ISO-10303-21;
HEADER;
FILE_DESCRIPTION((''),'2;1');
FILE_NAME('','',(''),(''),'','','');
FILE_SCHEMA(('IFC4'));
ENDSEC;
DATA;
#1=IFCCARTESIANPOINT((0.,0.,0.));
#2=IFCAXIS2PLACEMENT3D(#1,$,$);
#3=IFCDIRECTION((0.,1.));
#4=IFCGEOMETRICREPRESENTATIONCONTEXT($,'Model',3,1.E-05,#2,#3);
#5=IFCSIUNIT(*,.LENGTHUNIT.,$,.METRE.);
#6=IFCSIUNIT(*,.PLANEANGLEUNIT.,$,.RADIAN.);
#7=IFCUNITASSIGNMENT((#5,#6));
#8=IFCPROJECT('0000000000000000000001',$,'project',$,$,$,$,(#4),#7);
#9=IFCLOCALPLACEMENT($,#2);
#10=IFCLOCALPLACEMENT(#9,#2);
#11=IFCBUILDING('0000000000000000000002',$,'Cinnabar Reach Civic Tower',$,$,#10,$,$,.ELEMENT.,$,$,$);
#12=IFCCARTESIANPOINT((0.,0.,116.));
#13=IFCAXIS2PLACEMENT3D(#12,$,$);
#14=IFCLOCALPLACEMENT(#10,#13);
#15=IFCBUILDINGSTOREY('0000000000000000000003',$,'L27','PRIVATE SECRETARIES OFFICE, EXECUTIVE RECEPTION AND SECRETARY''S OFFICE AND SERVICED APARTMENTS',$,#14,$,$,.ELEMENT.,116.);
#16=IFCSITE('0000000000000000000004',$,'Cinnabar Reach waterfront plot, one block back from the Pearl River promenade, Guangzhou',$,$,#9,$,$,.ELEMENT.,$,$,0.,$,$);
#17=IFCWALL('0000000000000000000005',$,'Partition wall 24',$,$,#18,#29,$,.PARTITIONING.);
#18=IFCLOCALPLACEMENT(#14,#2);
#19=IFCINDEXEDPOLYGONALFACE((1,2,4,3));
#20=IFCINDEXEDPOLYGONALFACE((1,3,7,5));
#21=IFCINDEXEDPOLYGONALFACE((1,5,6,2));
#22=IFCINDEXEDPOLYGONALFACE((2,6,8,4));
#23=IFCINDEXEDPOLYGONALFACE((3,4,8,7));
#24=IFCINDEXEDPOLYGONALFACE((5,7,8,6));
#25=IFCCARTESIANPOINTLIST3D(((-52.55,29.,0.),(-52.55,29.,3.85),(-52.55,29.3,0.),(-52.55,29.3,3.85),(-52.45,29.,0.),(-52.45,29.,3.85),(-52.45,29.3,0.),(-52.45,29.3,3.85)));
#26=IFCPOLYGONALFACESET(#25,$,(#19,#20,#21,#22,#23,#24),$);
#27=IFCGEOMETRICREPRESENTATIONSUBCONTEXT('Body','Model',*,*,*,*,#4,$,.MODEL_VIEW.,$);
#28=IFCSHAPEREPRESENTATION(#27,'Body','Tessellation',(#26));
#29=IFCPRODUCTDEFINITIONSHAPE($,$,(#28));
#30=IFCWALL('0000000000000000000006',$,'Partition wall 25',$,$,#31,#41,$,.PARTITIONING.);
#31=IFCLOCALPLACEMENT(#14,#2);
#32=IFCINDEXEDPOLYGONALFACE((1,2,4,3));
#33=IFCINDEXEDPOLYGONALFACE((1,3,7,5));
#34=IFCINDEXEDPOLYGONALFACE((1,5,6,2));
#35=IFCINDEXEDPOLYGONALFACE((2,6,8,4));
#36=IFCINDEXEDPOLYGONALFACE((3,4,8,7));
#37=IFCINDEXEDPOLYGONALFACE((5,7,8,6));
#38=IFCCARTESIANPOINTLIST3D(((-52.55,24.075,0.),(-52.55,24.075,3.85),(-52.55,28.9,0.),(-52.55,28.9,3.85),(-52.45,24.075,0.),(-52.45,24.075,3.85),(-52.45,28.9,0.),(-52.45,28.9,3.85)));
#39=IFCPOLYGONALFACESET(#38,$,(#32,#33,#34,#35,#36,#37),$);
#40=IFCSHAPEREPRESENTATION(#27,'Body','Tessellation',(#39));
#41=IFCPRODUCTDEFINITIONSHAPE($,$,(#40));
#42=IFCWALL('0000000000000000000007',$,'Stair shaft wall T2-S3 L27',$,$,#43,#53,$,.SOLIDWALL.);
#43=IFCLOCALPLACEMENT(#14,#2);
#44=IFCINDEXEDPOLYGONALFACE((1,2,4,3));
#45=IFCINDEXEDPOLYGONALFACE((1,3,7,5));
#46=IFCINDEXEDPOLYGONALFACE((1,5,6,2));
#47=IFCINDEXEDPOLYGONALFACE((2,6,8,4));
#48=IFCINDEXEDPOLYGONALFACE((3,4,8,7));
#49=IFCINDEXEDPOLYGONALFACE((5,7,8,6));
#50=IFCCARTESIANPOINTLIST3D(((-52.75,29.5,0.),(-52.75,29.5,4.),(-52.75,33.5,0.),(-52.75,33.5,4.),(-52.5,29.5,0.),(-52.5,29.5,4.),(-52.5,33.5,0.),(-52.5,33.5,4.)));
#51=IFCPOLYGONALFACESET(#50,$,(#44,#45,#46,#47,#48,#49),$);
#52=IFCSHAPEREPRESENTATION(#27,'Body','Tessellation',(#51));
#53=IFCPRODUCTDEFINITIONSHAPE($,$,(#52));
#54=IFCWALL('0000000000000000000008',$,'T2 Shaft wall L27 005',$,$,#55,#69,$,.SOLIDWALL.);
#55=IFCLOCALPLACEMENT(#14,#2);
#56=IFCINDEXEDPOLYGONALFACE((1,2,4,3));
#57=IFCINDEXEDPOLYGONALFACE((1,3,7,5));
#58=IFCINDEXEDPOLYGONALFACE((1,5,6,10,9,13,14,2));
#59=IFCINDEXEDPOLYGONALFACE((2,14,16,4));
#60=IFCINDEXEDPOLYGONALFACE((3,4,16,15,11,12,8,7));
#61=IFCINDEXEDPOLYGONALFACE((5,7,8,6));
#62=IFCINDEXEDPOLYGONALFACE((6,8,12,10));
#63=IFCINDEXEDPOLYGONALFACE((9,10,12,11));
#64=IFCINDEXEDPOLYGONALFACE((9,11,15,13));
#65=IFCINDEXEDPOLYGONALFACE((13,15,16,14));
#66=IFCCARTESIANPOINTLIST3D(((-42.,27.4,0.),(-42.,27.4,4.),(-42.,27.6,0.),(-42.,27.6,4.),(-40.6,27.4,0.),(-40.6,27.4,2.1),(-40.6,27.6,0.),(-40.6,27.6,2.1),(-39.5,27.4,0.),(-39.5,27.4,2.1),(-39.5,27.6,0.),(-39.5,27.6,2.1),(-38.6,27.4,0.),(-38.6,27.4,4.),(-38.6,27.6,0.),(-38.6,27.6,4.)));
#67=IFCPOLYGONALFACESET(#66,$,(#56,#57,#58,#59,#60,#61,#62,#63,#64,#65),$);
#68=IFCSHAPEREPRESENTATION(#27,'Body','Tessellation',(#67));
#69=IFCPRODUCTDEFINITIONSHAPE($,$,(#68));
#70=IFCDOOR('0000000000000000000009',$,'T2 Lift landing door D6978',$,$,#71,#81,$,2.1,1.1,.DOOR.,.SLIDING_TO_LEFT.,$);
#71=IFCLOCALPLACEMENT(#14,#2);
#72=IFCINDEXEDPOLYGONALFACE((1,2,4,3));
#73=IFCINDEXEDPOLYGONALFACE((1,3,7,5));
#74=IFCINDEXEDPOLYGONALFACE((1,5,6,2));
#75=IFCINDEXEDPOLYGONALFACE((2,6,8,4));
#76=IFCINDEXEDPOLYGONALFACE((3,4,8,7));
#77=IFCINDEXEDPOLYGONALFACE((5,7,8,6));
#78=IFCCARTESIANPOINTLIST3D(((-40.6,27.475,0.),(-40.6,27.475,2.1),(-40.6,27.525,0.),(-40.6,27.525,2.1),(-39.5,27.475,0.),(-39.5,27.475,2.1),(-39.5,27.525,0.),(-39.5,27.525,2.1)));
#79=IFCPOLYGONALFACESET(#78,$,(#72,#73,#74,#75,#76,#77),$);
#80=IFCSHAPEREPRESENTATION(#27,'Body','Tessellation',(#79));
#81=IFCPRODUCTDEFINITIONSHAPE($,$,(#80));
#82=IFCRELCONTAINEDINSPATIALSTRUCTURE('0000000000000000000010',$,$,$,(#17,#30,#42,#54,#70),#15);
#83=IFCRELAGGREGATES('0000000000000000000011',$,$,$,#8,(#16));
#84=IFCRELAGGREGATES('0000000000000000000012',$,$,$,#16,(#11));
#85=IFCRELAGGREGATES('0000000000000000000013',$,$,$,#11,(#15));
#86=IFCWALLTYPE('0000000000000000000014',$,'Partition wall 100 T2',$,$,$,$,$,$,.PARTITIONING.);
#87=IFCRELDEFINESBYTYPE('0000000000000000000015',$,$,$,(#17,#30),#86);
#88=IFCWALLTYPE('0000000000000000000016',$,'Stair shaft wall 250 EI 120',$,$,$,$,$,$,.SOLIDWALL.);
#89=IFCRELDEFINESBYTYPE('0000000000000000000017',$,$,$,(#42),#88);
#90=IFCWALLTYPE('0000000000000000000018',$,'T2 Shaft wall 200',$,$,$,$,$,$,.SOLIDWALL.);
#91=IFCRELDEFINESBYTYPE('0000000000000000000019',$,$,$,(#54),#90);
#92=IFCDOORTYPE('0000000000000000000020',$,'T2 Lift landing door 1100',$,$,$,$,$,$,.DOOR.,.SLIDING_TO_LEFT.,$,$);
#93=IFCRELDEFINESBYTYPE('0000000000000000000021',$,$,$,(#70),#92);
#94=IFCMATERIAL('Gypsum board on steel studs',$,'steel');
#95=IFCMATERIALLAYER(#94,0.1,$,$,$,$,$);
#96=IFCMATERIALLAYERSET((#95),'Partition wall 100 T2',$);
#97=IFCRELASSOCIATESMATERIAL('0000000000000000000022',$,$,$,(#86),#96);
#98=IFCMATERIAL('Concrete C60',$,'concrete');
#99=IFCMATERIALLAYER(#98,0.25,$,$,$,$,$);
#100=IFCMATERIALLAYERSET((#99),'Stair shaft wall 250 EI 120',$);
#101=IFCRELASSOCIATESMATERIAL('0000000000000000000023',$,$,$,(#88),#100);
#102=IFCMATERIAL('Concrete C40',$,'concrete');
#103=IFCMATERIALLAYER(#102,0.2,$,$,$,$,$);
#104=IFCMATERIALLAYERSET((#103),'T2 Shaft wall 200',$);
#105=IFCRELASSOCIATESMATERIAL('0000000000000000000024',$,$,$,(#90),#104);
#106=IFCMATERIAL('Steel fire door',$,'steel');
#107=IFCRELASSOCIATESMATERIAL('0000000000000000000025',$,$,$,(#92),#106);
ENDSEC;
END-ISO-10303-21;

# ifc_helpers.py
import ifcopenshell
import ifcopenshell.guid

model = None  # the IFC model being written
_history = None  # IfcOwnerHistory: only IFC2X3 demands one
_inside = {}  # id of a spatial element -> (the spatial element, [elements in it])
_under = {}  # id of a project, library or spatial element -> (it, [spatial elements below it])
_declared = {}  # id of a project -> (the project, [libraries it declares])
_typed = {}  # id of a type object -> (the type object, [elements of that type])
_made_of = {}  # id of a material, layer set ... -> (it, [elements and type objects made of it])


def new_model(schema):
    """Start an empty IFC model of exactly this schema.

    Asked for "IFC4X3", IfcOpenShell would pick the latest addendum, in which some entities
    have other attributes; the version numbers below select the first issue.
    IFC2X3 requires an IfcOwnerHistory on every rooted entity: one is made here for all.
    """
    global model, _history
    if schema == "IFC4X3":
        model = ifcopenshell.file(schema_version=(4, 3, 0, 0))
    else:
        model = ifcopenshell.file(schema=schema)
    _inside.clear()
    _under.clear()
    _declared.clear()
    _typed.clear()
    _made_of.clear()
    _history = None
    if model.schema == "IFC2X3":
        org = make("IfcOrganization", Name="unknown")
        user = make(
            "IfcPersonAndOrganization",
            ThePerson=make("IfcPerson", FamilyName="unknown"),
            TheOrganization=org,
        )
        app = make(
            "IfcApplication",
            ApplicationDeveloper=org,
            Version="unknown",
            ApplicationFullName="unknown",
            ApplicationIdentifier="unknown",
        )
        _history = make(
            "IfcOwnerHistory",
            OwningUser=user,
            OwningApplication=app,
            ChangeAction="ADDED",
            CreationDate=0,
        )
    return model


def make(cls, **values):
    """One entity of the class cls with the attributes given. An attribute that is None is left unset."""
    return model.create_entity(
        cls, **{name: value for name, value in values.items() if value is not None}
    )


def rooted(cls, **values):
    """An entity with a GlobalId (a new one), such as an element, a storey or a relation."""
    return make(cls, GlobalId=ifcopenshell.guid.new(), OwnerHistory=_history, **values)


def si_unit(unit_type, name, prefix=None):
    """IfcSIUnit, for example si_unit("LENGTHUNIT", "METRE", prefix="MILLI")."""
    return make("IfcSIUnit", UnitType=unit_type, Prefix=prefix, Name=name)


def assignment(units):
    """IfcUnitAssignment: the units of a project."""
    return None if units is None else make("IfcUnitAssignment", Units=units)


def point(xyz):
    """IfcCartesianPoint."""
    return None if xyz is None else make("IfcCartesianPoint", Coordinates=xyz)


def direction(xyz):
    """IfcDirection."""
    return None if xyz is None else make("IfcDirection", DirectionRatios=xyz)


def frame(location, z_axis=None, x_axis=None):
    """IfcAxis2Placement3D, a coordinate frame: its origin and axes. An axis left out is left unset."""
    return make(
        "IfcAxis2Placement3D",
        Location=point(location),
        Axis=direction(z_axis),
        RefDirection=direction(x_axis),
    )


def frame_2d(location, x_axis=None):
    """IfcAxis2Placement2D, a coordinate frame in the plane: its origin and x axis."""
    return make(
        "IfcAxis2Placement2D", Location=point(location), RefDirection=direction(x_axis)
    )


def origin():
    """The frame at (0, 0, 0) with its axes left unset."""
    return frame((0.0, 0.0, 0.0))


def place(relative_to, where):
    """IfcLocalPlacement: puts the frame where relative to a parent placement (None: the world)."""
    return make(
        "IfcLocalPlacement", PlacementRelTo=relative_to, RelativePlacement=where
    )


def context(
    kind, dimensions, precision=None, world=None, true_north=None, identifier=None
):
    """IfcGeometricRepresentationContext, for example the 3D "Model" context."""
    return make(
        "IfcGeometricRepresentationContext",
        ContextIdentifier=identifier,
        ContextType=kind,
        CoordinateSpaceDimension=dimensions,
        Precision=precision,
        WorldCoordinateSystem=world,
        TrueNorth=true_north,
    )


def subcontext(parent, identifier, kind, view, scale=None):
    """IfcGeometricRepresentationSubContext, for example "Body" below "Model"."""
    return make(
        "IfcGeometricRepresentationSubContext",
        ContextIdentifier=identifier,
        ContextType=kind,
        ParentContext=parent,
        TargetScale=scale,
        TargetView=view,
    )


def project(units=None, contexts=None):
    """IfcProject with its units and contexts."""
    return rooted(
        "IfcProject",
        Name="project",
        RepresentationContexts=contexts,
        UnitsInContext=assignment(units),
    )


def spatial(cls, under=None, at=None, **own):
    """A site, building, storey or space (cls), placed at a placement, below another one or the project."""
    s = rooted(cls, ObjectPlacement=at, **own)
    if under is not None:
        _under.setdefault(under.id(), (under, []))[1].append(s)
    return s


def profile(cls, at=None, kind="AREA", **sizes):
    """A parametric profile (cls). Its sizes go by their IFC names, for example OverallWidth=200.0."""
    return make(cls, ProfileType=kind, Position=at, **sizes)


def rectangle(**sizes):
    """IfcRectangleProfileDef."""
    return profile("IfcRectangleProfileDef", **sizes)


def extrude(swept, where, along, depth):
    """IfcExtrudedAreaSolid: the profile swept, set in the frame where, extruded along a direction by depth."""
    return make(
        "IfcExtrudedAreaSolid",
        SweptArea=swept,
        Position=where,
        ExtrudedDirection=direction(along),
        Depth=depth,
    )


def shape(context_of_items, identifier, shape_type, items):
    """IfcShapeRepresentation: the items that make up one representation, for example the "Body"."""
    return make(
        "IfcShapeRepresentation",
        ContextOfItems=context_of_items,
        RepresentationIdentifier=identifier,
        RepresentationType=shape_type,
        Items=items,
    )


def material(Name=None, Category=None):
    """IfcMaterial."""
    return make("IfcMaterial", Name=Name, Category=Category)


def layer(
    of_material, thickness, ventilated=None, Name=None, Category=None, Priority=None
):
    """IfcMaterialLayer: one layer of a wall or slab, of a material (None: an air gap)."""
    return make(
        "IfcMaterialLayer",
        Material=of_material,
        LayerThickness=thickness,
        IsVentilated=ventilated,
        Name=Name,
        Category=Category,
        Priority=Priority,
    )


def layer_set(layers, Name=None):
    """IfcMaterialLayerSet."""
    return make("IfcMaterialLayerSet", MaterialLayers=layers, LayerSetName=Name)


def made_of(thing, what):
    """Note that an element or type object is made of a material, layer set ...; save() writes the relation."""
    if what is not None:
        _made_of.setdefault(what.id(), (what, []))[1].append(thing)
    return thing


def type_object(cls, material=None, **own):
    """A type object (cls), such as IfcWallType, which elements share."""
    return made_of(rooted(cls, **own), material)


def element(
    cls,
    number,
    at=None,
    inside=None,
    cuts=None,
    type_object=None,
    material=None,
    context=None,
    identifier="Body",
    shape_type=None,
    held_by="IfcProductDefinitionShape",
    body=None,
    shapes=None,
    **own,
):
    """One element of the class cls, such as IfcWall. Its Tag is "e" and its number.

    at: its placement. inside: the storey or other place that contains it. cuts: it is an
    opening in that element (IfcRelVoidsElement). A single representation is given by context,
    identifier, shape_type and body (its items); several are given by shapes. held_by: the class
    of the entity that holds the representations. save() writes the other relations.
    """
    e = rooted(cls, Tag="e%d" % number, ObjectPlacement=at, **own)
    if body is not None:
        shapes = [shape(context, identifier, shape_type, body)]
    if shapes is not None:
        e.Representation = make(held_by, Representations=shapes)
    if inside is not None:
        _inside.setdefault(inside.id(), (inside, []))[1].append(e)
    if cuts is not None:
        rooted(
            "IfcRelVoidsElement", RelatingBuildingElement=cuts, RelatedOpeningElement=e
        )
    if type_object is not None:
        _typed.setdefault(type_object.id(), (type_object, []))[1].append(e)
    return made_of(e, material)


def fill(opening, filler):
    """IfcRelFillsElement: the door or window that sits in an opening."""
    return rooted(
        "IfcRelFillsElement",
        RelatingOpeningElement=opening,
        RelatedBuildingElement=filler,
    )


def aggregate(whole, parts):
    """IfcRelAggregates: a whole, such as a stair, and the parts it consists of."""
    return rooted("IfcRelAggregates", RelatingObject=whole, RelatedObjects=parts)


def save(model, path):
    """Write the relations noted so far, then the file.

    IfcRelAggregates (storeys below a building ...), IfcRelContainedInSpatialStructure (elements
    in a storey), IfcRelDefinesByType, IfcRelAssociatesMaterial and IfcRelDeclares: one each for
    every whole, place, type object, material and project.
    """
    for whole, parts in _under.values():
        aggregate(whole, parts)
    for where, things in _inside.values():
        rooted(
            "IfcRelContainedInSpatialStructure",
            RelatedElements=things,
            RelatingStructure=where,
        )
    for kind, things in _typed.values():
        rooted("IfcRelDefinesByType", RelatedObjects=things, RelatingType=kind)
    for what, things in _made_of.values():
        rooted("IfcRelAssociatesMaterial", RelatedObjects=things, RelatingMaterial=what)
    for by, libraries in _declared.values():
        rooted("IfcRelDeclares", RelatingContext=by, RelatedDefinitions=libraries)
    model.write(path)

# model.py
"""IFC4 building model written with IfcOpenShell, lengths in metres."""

from ifc_helpers import new_model, si_unit, direction, frame, frame_2d, origin, place, context, subcontext, project, spatial, rectangle, extrude, material, layer, layer_set, type_object, element, fill, save


model = new_model("IFC4")

# Units and contexts
model_context = context("Model", 3, precision=1e-05, world=origin(), true_north=direction((0.0, 1.0)))
body_context = subcontext(model_context, "Body", "Model", "MODEL_VIEW")
ifc_project = project(units=[si_unit("LENGTHUNIT", "METRE"), si_unit("PLANEANGLEUNIT", "RADIAN")], contexts=[model_context])

# Site, building, storey
site_placement = place(None, origin())
site = spatial("IfcSite", under=ifc_project, at=site_placement, Name="Cinnabar Reach waterfront plot, one block back from the Pearl River promenade, Guangzhou", CompositionType="ELEMENT", RefElevation=0.0)
building_placement = place(site_placement, origin())
building = spatial("IfcBuilding", under=site, at=building_placement, Name="Cinnabar Reach Civic Tower", CompositionType="ELEMENT")
storey_placement = place(building_placement, frame((0.0, 0.0, 116.0)))
storey = spatial("IfcBuildingStorey", under=building, at=storey_placement, Name="L27", Description="PRIVATE SECRETARIES OFFICE, EXECUTIVE RECEPTION AND SECRETARY'S OFFICE AND SERVICED APARTMENTS", CompositionType="ELEMENT", Elevation=116.0)

# Shared definitions
ifc_material_1 = material(Name="Concrete C60", Category="concrete")

# Shared definitions
ifc_material_2 = material(Name="Steel fire door", Category="steel")

# Walls
ifc_material_3 = material(Name="Gypsum board on steel studs", Category="steel")
ifc_layer_1 = layer(ifc_material_3, 0.1)
ifc_layer_set_1 = layer_set([ifc_layer_1], Name="Partition wall 100 T2")
wall_type_1 = type_object("IfcWallType", Name="Partition wall 100 T2", PredefinedType="PARTITIONING", material=ifc_layer_set_1)
wall_1_placement = place(storey_placement, frame((-52.5, 29.0, 0.0), z_axis=(0.0, 0.0, 1.0), x_axis=(0.0, 1.0, 0.0)))
element("IfcWall", 1, at=wall_1_placement, inside=storey, type_object=wall_type_1, Name="Partition wall 24", PredefinedType="PARTITIONING", context=body_context, shape_type="SweptSolid", body=[
    extrude(rectangle(XDim=0.3, YDim=0.1, at=frame_2d((0.15, 0.0))), origin(), (0.0, 0.0, 1.0), 3.85),
])
wall_2_placement = place(storey_placement, frame((-52.5, 24.075, 0.0), z_axis=(0.0, 0.0, 1.0), x_axis=(0.0, 1.0, 0.0)))
element("IfcWall", 2, at=wall_2_placement, inside=storey, type_object=wall_type_1, Name="Partition wall 25", PredefinedType="PARTITIONING", context=body_context, shape_type="SweptSolid", body=[
    extrude(rectangle(XDim=4.825, YDim=0.1, at=frame_2d((2.4125, 0.0))), origin(), (0.0, 0.0, 1.0), 3.85),
])
ifc_layer_2 = layer(ifc_material_1, 0.25)
ifc_layer_set_2 = layer_set([ifc_layer_2], Name="Stair shaft wall 250 EI 120")
wall_type_2 = type_object("IfcWallType", Name="Stair shaft wall 250 EI 120", PredefinedType="SOLIDWALL", material=ifc_layer_set_2)
wall_3_placement = place(storey_placement, frame((-52.625, 29.5, 0.0), z_axis=(0.0, 0.0, 1.0), x_axis=(0.0, 1.0, 0.0)))
element("IfcWall", 3, at=wall_3_placement, inside=storey, type_object=wall_type_2, Name="Stair shaft wall T2-S3 L27", PredefinedType="SOLIDWALL", context=body_context, shape_type="SweptSolid", body=[
    extrude(rectangle(XDim=4.0, YDim=0.25, at=frame_2d((2.0, 0.0))), origin(), (0.0, 0.0, 1.0), 4.0),
])

# Wall, opening, door
ifc_material_4 = material(Name="Concrete C40", Category="concrete")
ifc_layer_3 = layer(ifc_material_4, 0.2)
ifc_layer_set_3 = layer_set([ifc_layer_3], Name="T2 Shaft wall 200")
wall_type_3 = type_object("IfcWallType", Name="T2 Shaft wall 200", PredefinedType="SOLIDWALL", material=ifc_layer_set_3)
wall_4_placement = place(storey_placement, frame((-42.0, 27.5, 0.0), z_axis=(0.0, 0.0, 1.0), x_axis=(1.0, 0.0, 0.0)))
wall_4 = element("IfcWall", 4, at=wall_4_placement, inside=storey, type_object=wall_type_3, Name="T2 Shaft wall L27 005", PredefinedType="SOLIDWALL", context=body_context, shape_type="SweptSolid", body=[
    extrude(rectangle(XDim=3.4, YDim=0.2, at=frame_2d((1.7, 0.0))), origin(), (0.0, 0.0, 1.0), 4.0),
])
opening_1_placement = place(wall_4_placement, frame((1.4, 0.0, 0.0)))
opening_1 = element("IfcOpeningElement", 5, at=opening_1_placement, cuts=wall_4, PredefinedType="OPENING", context=body_context, shape_type="SweptSolid", body=[
    extrude(rectangle(XDim=1.1, YDim=2.1, at=frame_2d((0.55, 1.05))), frame((0.0, 0.11, 0.0), z_axis=(0.0, -1.0, 0.0), x_axis=(1.0, 0.0, 0.0)), (0.0, 0.0, 1.0), 0.22),
])
door_type_1 = type_object("IfcDoorType", Name="T2 Lift landing door 1100", OperationType="SLIDING_TO_LEFT", PredefinedType="DOOR", material=ifc_material_2)
door_1_placement = place(opening_1_placement, origin())
door_1 = element("IfcDoor", 6, at=door_1_placement, inside=storey, type_object=door_type_1, Name="T2 Lift landing door D6978", OperationType="SLIDING_TO_LEFT", OverallHeight=2.1, OverallWidth=1.1, PredefinedType="DOOR", context=body_context, shape_type="SweptSolid", body=[
    extrude(rectangle(XDim=1.1, YDim=2.1, at=frame_2d((0.55, 1.05))), frame((0.0, 0.025, 0.0), z_axis=(0.0, -1.0, 0.0), x_axis=(1.0, 0.0, 0.0)), (0.0, 0.0, 1.0), 0.05),
])
fill(opening_1, door_1)

save(model, "model.ifc")
